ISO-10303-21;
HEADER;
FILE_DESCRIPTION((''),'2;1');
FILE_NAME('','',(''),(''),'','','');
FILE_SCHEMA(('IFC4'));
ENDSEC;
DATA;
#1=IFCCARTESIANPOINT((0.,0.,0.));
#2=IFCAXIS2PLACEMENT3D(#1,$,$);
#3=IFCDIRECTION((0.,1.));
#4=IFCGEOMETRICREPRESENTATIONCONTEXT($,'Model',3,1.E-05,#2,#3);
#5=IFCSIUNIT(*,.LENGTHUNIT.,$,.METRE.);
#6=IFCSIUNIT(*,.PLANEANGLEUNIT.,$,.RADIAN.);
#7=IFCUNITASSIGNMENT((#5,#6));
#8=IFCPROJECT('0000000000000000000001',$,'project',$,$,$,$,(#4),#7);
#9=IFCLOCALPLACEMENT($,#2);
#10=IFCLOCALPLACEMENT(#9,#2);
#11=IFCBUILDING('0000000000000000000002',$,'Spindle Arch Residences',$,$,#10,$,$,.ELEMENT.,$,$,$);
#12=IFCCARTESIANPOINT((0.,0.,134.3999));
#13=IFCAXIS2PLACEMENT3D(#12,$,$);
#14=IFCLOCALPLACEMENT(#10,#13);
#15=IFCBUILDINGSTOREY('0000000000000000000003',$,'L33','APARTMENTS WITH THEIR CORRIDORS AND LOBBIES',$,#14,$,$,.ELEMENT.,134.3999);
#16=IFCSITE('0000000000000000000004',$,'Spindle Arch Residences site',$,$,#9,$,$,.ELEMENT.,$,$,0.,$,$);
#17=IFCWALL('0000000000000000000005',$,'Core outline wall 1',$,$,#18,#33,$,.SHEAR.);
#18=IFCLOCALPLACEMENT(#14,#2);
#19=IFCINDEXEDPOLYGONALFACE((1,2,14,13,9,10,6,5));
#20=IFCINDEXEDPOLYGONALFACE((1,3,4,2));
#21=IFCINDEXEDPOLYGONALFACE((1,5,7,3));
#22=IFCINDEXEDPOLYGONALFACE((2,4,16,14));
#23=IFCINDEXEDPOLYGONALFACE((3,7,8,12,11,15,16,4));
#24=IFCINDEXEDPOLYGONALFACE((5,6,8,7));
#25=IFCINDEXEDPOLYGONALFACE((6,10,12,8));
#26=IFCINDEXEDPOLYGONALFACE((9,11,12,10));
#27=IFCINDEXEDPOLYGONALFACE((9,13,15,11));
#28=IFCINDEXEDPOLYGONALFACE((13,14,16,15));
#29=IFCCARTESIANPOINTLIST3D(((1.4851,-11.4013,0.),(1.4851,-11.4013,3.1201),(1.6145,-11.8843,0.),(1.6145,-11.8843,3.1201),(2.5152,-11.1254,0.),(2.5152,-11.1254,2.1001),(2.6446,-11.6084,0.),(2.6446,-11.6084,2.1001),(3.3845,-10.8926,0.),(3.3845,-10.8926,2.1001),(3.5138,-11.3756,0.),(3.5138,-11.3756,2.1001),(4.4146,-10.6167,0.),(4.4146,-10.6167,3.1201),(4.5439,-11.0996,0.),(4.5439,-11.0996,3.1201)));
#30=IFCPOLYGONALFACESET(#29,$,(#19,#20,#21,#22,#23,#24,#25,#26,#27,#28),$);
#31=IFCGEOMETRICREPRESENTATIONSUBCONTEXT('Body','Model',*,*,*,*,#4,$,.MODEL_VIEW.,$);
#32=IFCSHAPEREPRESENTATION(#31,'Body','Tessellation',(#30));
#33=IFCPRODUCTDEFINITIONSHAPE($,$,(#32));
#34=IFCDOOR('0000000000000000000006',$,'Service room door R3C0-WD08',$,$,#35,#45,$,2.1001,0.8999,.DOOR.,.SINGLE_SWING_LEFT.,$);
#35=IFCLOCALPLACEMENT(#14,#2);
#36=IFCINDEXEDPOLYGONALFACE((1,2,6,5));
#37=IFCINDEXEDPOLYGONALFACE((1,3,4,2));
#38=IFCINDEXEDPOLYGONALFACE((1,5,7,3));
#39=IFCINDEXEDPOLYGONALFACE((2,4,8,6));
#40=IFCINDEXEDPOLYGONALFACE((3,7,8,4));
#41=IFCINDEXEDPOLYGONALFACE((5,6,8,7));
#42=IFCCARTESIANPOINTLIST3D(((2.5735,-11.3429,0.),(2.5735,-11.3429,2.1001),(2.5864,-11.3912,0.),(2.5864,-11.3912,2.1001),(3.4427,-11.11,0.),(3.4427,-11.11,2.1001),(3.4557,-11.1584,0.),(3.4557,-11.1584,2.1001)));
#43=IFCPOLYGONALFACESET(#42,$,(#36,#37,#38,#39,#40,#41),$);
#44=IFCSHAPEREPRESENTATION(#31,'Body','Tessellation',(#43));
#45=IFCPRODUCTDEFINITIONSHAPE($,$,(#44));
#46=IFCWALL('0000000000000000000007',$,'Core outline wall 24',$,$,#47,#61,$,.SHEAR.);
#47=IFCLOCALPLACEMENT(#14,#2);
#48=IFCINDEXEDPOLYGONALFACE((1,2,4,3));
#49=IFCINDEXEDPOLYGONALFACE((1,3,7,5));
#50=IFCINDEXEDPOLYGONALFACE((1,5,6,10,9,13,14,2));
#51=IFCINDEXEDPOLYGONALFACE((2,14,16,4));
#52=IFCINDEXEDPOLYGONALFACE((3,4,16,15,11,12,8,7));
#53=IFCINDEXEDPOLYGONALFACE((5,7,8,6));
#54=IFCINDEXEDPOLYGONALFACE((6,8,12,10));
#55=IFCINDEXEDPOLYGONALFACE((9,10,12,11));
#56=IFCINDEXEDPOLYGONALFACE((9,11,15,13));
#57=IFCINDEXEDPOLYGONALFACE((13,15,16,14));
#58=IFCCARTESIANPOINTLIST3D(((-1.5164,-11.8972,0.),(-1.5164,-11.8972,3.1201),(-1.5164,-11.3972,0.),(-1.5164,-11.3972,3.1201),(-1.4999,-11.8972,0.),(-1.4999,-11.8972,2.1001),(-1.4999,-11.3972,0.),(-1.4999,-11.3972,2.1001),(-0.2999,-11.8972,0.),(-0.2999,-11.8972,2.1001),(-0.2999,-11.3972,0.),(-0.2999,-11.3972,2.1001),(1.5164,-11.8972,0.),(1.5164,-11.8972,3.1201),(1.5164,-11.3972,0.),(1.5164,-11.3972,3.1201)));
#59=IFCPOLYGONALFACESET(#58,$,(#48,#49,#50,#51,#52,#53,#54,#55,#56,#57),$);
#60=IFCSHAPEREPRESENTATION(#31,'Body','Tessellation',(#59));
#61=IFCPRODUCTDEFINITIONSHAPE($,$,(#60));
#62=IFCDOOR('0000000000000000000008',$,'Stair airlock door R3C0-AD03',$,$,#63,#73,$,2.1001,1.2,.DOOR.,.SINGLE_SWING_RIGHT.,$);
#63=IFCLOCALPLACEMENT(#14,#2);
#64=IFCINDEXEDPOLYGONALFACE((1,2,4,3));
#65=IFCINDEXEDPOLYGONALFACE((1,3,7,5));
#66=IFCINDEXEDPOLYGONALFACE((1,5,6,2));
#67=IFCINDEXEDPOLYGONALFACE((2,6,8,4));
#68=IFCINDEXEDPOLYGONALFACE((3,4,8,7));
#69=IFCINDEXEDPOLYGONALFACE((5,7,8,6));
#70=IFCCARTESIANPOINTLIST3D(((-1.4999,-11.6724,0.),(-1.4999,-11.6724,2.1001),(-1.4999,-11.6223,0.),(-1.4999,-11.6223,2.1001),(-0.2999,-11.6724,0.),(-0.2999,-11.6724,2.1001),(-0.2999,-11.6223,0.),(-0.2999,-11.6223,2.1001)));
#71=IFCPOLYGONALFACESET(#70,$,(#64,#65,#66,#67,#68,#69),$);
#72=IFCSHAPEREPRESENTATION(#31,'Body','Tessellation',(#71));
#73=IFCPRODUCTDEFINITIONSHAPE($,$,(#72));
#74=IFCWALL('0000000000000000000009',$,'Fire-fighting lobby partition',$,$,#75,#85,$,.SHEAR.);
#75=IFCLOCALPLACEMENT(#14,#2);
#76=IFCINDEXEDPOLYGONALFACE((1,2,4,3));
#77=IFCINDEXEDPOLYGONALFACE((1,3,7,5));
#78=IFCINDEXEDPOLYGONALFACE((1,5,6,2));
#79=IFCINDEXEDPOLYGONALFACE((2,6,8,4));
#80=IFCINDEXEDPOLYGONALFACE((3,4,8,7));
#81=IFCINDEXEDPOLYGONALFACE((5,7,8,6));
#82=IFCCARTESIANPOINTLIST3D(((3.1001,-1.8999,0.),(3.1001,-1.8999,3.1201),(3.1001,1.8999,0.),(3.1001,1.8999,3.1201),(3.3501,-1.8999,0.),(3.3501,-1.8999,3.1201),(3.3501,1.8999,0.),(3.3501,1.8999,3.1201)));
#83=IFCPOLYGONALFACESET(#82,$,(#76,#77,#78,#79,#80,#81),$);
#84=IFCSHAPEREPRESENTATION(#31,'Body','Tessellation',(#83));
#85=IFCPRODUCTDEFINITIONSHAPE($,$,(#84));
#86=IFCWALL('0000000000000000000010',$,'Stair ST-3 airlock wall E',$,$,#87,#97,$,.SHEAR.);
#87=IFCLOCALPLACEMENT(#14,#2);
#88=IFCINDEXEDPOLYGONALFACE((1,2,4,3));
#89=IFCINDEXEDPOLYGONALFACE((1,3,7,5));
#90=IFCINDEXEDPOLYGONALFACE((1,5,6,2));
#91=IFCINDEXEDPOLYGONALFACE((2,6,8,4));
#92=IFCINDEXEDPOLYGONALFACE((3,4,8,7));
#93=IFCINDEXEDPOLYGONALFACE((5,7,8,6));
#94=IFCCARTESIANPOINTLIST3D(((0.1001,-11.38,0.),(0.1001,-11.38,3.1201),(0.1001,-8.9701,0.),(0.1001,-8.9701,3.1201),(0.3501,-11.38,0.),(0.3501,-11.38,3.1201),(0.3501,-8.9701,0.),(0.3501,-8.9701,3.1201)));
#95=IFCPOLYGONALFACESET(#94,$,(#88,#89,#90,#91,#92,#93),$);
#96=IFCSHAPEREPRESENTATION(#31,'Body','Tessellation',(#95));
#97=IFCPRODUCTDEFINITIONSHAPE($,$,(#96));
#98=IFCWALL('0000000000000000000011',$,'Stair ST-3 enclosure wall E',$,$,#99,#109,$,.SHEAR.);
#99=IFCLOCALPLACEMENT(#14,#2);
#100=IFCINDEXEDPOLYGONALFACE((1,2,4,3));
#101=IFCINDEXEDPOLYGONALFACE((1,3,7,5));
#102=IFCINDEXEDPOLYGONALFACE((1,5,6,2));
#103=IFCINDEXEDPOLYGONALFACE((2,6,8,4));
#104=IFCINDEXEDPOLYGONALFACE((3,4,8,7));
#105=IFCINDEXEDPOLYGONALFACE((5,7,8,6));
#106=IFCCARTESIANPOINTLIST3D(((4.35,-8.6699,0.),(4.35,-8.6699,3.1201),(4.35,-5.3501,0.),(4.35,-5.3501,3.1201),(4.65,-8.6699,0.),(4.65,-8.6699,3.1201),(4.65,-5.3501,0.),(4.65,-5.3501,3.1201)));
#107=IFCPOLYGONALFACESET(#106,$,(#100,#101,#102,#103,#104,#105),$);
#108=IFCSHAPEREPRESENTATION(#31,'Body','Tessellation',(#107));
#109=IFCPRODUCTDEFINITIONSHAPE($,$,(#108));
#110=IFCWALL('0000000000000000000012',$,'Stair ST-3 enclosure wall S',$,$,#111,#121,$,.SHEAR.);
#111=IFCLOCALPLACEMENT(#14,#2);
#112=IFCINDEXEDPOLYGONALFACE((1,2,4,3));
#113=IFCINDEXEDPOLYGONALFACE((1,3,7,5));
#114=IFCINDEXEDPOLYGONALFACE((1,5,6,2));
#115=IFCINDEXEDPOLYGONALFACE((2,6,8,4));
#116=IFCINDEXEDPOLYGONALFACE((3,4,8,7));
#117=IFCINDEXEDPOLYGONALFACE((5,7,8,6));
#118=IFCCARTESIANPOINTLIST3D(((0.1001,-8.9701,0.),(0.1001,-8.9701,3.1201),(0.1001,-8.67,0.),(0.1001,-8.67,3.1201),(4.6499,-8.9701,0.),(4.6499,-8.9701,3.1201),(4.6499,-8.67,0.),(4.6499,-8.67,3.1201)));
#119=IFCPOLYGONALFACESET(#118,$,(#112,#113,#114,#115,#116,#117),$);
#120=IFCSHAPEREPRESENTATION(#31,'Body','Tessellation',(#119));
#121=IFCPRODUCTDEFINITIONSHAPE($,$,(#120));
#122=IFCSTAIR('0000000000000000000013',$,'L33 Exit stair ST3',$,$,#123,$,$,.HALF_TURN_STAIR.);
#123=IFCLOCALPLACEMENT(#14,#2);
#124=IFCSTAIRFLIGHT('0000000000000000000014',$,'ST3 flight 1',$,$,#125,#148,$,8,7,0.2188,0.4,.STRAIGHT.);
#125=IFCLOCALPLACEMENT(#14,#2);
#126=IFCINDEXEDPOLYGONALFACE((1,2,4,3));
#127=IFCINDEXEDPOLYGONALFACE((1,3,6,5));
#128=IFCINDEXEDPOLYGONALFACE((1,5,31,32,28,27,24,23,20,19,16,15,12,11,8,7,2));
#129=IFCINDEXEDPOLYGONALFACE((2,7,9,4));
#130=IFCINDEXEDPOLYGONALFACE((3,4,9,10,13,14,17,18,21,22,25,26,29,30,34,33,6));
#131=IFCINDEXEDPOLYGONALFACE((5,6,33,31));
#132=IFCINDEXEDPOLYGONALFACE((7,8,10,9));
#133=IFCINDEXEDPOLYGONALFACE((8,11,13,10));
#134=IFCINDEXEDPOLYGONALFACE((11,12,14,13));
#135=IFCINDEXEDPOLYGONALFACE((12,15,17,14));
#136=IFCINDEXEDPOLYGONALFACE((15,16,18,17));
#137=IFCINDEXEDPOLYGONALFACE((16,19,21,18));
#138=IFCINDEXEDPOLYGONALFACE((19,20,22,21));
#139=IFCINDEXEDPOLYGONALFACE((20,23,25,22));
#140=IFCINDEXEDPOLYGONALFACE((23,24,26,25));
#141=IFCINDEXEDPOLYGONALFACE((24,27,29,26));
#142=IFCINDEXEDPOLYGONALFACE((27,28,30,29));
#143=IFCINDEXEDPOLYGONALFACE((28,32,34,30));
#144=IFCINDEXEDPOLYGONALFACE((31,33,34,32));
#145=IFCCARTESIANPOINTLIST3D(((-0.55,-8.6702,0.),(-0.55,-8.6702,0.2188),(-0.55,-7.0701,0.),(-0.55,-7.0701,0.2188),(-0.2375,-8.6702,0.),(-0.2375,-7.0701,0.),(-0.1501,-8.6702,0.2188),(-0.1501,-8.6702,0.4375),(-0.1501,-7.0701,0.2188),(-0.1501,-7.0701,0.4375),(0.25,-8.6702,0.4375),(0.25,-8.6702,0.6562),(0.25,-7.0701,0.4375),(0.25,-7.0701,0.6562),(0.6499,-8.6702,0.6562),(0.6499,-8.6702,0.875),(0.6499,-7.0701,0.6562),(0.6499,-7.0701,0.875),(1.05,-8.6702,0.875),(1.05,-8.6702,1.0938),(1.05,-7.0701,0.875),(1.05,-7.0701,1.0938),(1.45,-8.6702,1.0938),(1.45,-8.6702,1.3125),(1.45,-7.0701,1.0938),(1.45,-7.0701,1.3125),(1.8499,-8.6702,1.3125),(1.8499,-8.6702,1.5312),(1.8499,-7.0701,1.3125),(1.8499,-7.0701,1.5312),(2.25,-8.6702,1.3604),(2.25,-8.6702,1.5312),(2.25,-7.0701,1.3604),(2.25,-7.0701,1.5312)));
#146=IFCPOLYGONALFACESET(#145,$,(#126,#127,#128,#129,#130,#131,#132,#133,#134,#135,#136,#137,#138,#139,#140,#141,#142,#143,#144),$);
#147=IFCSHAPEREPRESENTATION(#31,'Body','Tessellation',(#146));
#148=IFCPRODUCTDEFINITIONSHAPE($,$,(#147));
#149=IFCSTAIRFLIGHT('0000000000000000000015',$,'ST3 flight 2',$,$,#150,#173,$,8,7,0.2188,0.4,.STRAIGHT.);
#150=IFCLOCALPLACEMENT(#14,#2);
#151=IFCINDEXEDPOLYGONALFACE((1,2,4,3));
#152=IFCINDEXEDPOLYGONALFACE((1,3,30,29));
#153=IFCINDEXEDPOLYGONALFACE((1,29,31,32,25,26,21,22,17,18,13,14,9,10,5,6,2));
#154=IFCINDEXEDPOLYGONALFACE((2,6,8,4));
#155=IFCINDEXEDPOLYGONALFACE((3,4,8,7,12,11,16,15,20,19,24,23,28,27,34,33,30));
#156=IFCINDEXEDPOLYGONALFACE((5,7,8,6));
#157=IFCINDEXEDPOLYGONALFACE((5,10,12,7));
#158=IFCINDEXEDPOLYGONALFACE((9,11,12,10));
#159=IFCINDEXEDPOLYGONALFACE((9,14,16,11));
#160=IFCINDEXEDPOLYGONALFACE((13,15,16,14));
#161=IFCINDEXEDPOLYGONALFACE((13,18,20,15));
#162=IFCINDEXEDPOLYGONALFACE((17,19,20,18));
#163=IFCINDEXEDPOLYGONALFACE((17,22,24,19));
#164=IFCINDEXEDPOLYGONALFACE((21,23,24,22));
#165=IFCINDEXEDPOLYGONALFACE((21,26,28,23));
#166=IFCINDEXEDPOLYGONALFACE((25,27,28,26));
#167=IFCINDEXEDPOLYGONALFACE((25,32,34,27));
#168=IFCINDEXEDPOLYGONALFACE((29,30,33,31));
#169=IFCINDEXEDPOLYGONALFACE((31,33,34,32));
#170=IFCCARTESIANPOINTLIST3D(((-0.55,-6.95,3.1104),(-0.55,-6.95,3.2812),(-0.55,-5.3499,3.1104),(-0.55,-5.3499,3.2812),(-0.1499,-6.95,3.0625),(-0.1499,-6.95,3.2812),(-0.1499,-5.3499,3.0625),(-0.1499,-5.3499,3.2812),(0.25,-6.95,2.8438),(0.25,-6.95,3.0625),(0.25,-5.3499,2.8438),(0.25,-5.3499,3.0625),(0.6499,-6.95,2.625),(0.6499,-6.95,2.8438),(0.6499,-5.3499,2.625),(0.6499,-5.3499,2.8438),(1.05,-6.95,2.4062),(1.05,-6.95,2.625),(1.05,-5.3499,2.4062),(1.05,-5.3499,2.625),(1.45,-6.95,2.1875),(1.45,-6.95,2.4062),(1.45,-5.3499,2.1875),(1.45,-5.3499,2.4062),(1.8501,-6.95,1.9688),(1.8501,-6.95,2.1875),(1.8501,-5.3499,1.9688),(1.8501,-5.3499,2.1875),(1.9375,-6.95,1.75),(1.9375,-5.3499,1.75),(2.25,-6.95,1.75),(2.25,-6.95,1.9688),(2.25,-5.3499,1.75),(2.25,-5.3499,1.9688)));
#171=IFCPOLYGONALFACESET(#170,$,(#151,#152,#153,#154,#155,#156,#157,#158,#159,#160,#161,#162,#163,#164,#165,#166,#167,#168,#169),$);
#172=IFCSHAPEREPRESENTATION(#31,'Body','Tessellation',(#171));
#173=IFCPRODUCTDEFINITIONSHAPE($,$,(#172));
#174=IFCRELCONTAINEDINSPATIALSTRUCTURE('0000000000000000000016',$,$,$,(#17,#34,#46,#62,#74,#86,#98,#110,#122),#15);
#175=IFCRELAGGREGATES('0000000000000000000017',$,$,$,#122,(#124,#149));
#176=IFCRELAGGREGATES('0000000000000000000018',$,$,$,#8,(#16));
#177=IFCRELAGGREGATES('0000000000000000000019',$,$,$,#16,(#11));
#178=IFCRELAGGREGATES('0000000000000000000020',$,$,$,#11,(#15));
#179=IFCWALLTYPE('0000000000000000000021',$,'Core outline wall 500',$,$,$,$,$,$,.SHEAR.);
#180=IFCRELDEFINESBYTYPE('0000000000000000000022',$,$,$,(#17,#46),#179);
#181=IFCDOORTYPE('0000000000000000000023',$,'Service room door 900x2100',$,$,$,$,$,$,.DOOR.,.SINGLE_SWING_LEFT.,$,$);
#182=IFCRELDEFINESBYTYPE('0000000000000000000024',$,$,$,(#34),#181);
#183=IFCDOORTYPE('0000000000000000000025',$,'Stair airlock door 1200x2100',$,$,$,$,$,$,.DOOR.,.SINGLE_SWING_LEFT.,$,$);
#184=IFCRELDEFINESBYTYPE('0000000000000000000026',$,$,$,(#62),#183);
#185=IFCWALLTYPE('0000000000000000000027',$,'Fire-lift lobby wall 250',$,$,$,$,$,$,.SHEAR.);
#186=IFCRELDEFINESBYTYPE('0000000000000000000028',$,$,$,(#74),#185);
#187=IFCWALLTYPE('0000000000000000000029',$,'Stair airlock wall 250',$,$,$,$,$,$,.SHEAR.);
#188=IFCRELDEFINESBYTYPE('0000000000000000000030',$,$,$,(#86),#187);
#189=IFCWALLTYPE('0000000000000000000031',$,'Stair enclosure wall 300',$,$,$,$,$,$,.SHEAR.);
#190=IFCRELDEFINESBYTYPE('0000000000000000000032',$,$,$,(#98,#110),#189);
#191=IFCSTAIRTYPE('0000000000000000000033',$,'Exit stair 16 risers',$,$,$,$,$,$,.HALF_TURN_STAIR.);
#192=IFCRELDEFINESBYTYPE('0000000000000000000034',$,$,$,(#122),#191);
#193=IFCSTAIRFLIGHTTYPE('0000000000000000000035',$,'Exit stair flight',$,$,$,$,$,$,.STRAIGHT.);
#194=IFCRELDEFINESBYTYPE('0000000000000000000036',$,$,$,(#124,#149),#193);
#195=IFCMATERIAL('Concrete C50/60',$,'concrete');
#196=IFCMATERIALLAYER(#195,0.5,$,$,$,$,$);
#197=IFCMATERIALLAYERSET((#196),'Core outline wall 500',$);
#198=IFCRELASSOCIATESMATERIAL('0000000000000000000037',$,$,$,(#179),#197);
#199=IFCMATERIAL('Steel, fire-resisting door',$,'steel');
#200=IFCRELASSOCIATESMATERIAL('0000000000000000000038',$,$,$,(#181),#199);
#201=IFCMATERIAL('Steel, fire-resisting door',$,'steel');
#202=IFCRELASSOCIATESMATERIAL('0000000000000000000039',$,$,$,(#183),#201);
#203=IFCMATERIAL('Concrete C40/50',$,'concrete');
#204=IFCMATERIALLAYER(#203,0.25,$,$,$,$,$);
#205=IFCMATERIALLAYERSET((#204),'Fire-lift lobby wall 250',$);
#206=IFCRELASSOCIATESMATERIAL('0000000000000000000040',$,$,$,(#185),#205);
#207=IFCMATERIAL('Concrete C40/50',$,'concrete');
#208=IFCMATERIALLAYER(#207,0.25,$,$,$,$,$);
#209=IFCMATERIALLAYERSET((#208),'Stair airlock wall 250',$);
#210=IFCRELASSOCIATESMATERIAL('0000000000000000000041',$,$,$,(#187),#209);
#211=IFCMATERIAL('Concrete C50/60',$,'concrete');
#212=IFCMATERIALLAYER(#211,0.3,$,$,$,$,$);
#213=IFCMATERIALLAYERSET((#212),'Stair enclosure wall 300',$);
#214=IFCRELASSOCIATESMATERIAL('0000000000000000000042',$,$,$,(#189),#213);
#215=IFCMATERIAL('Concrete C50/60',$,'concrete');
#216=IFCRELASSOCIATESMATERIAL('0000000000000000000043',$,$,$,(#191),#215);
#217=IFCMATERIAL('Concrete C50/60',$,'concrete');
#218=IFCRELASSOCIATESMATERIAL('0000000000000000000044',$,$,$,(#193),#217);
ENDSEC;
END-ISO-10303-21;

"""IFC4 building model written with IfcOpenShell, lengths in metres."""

from ifc_helpers import new_model, si_unit, direction, frame, frame_2d, origin, place, context, subcontext, project, spatial, polyline, rectangle, outline, extrude, material, layer, layer_set, type_object, element, fill, aggregate, save


model = new_model("IFC4")

# Units and contexts
model_context = context("Model", 3, precision=1e-05, world=origin(), true_north=direction((0.0, 1.0)))
body_context = subcontext(model_context, "Body", "Model", "MODEL_VIEW")
ifc_project = project(units=[si_unit("LENGTHUNIT", "METRE"), si_unit("PLANEANGLEUNIT", "RADIAN")], contexts=[model_context])

# Site, building, storey
site_placement = place(None, origin())
site = spatial("IfcSite", under=ifc_project, at=site_placement, Name="Spindle Arch Residences site", CompositionType="ELEMENT", RefElevation=0.0)
building_placement = place(site_placement, origin())
building = spatial("IfcBuilding", under=site, at=building_placement, Name="Spindle Arch Residences", CompositionType="ELEMENT")
storey_placement = place(building_placement, frame((0.0, 0.0, 134.3999)))
storey = spatial("IfcBuildingStorey", under=building, at=storey_placement, Name="L33", Description="APARTMENTS WITH THEIR CORRIDORS AND LOBBIES", CompositionType="ELEMENT", Elevation=134.3999)

# Walls, openings, doors
ifc_material_1 = material(Name="Concrete C50/60", Category="concrete")
ifc_layer_1 = layer(ifc_material_1, 0.5)
ifc_layer_set_1 = layer_set([ifc_layer_1], Name="Core outline wall 500")
wall_type_1 = type_object("IfcWallType", Name="Core outline wall 500", PredefinedType="SHEAR", material=ifc_layer_set_1)
wall_1_placement = place(storey_placement, frame((1.5498, -11.6428, 0.0), z_axis=(0.0, 0.0, 1.0), x_axis=(0.965948, 0.258735, 0.0)))
wall_1 = element("IfcWall", 1, at=wall_1_placement, inside=storey, type_object=wall_type_1, Name="Core outline wall 1", PredefinedType="SHEAR", context=body_context, shape_type="SweptSolid", body=[
    extrude(rectangle(XDim=3.0327, YDim=0.5, at=frame_2d((1.5164, 0.0))), origin(), (0.0, 0.0, 1.0), 3.1201),
])
opening_1_placement = place(wall_1_placement, frame((1.0664, 0.0, 0.0)))
opening_1 = element("IfcOpeningElement", 2, at=opening_1_placement, cuts=wall_1, PredefinedType="OPENING", context=body_context, shape_type="SweptSolid", body=[
    extrude(rectangle(XDim=0.8999, YDim=2.1001, at=frame_2d((0.45, 1.05))), frame((0.0, 0.26, 0.0), z_axis=(0.0, -1.0, 0.0), x_axis=(1.0, 0.0, 0.0)), (0.0, 0.0, 1.0), 0.52),
])
ifc_material_2 = material(Name="Steel, fire-resisting door", Category="steel")
door_type_1 = type_object("IfcDoorType", Name="Service room door 900x2100", OperationType="SINGLE_SWING_LEFT", PredefinedType="DOOR", material=ifc_material_2)
door_1_placement = place(opening_1_placement, origin())
door_1 = element("IfcDoor", 3, at=door_1_placement, inside=storey, type_object=door_type_1, Name="Service room door R3C0-WD08", OperationType="SINGLE_SWING_LEFT", OverallHeight=2.1001, OverallWidth=0.8999, PredefinedType="DOOR", context=body_context, shape_type="SweptSolid", body=[
    extrude(rectangle(XDim=0.8999, YDim=2.1001, at=frame_2d((0.45, 1.05))), frame((0.0, 0.0249, 0.0), z_axis=(0.0, -1.0, 0.0), x_axis=(1.0, 0.0, 0.0)), (0.0, 0.0, 1.0), 0.05),
])
fill(opening_1, door_1)
wall_2_placement = place(storey_placement, frame((-1.5164, -11.6472, 0.0), z_axis=(0.0, 0.0, 1.0), x_axis=(1.0, 0.0, 0.0)))
wall_2 = element("IfcWall", 4, at=wall_2_placement, inside=storey, type_object=wall_type_1, Name="Core outline wall 24", PredefinedType="SHEAR", context=body_context, shape_type="SweptSolid", body=[
    extrude(rectangle(XDim=3.0327, YDim=0.5, at=frame_2d((1.5164, 0.0))), origin(), (0.0, 0.0, 1.0), 3.1201),
])
opening_2_placement = place(wall_2_placement, frame((0.0164, 0.0, 0.0)))
opening_2 = element("IfcOpeningElement", 5, at=opening_2_placement, cuts=wall_2, PredefinedType="OPENING", context=body_context, shape_type="SweptSolid", body=[
    extrude(rectangle(XDim=1.2, YDim=2.1001, at=frame_2d((0.6001, 1.05))), frame((0.0, 0.26, 0.0), z_axis=(0.0, -1.0, 0.0), x_axis=(1.0, 0.0, 0.0)), (0.0, 0.0, 1.0), 0.52),
])
ifc_material_3 = material(Name="Steel, fire-resisting door", Category="steel")
door_type_2 = type_object("IfcDoorType", Name="Stair airlock door 1200x2100", OperationType="SINGLE_SWING_LEFT", PredefinedType="DOOR", material=ifc_material_3)
door_2_placement = place(opening_2_placement, origin())
door_2 = element("IfcDoor", 6, at=door_2_placement, inside=storey, type_object=door_type_2, Name="Stair airlock door R3C0-AD03", OperationType="SINGLE_SWING_RIGHT", OverallHeight=2.1001, OverallWidth=1.2, PredefinedType="DOOR", context=body_context, shape_type="SweptSolid", body=[
    extrude(rectangle(XDim=1.2, YDim=2.1001, at=frame_2d((0.6001, 1.05))), frame((0.0, 0.0249, 0.0), z_axis=(0.0, -1.0, 0.0), x_axis=(1.0, 0.0, 0.0)), (0.0, 0.0, 1.0), 0.05),
])
fill(opening_2, door_2)

# Wall
ifc_material_4 = material(Name="Concrete C40/50", Category="concrete")
ifc_layer_2 = layer(ifc_material_4, 0.25)
ifc_layer_set_2 = layer_set([ifc_layer_2], Name="Fire-lift lobby wall 250")
wall_type_2 = type_object("IfcWallType", Name="Fire-lift lobby wall 250", PredefinedType="SHEAR", material=ifc_layer_set_2)
wall_3_placement = place(storey_placement, frame((3.2251, -1.8999, 0.0), z_axis=(0.0, 0.0, 1.0), x_axis=(0.0, 1.0, 0.0)))
element("IfcWall", 7, at=wall_3_placement, inside=storey, type_object=wall_type_2, Name="Fire-fighting lobby partition", PredefinedType="SHEAR", context=body_context, shape_type="SweptSolid", body=[
    extrude(rectangle(XDim=3.7998, YDim=0.25, at=frame_2d((1.8999, 0.0))), origin(), (0.0, 0.0, 1.0), 3.1201),
])

# Walls
ifc_material_5 = material(Name="Concrete C40/50", Category="concrete")
ifc_layer_3 = layer(ifc_material_5, 0.25)
ifc_layer_set_3 = layer_set([ifc_layer_3], Name="Stair airlock wall 250")
wall_type_3 = type_object("IfcWallType", Name="Stair airlock wall 250", PredefinedType="SHEAR", material=ifc_layer_set_3)
wall_4_placement = place(storey_placement, frame((0.2251, -8.97, 0.0), z_axis=(0.0, 0.0, 1.0), x_axis=(0.0, -1.0, 0.0)))
element("IfcWall", 8, at=wall_4_placement, inside=storey, type_object=wall_type_3, Name="Stair ST-3 airlock wall E", PredefinedType="SHEAR", context=body_context, shape_type="SweptSolid", body=[
    extrude(rectangle(XDim=2.4099, YDim=0.25, at=frame_2d((1.2051, 0.0))), origin(), (0.0, 0.0, 1.0), 3.1201),
])
ifc_material_6 = material(Name="Concrete C50/60", Category="concrete")
ifc_layer_4 = layer(ifc_material_6, 0.3)
ifc_layer_set_4 = layer_set([ifc_layer_4], Name="Stair enclosure wall 300")
wall_type_4 = type_object("IfcWallType", Name="Stair enclosure wall 300", PredefinedType="SHEAR", material=ifc_layer_set_4)
wall_5_placement = place(storey_placement, frame((4.5, -8.6699, 0.0), z_axis=(0.0, 0.0, 1.0), x_axis=(0.0, 1.0, 0.0)))
element("IfcWall", 9, at=wall_5_placement, inside=storey, type_object=wall_type_4, Name="Stair ST-3 enclosure wall E", PredefinedType="SHEAR", context=body_context, shape_type="SweptSolid", body=[
    extrude(rectangle(XDim=3.3198, YDim=0.3, at=frame_2d((1.6599, 0.0))), origin(), (0.0, 0.0, 1.0), 3.1201),
])
wall_6_placement = place(storey_placement, frame((0.1001, -8.8201, 0.0), z_axis=(0.0, 0.0, 1.0), x_axis=(1.0, 0.0, 0.0)))
element("IfcWall", 10, at=wall_6_placement, inside=storey, type_object=wall_type_4, Name="Stair ST-3 enclosure wall S", PredefinedType="SHEAR", context=body_context, shape_type="SweptSolid", body=[
    extrude(rectangle(XDim=4.5498, YDim=0.3, at=frame_2d((2.2749, 0.0))), origin(), (0.0, 0.0, 1.0), 3.1201),
])

# Stair, stair flights
ifc_material_7 = material(Name="Concrete C50/60", Category="concrete")
stair_type = type_object("IfcStairType", Name="Exit stair 16 risers", PredefinedType="HALF_TURN_STAIR", material=ifc_material_7)
stair_placement = place(storey_placement, origin())
stair = element("IfcStair", 11, at=stair_placement, inside=storey, type_object=stair_type, Name="L33 Exit stair ST3", PredefinedType="HALF_TURN_STAIR")
ifc_material_8 = material(Name="Concrete C50/60", Category="concrete")
stair_flight_type = type_object("IfcStairFlightType", Name="Exit stair flight", PredefinedType="STRAIGHT", material=ifc_material_8)
stair_flight_1_placement = place(storey_placement, frame((-0.55, -7.8701, 0.0), z_axis=(0.0, 0.0, 1.0), x_axis=(1.0, 0.0, 0.0)))
stair_flight_1 = element("IfcStairFlight", 12, at=stair_flight_1_placement, type_object=stair_flight_type, Name="ST3 flight 1", NumberOfRisers=8, NumberOfTreads=7, PredefinedType="STRAIGHT", RiserHeight=0.2188, TreadLength=0.4, context=body_context, shape_type="SweptSolid", body=[
    extrude(outline(polyline([(0.0, 0.0), (0.0, 0.2188), (0.3999, 0.2188), (0.3999, 0.4375), (0.8, 0.4375), (0.8, 0.6562), (1.2, 0.6562), (1.2, 0.875), (1.6001, 0.875), (1.6001, 1.0938), (2.0, 1.0938), (2.0, 1.3125), (2.3999, 1.3125), (2.3999, 1.5312), (2.8, 1.5312), (2.8, 1.75), (2.8, 1.3604), (0.3125, 0.0), (0.0, 0.0)])), frame((0.0, 0.8, 0.0), z_axis=(0.0, -1.0, 0.0), x_axis=(1.0, 0.0, 0.0)), (0.0, 0.0, 1.0), 1.6001),
])
stair_flight_2_placement = place(storey_placement, frame((2.25, -6.1499, 1.75), z_axis=(0.0, 0.0, 1.0), x_axis=(-1.0, 0.0, 0.0)))
stair_flight_2 = element("IfcStairFlight", 13, at=stair_flight_2_placement, type_object=stair_flight_type, Name="ST3 flight 2", NumberOfRisers=8, NumberOfTreads=7, PredefinedType="STRAIGHT", RiserHeight=0.2188, TreadLength=0.4, context=body_context, shape_type="SweptSolid", body=[
    extrude(outline(polyline([(0.0, 0.0), (0.0, 0.2188), (0.3999, 0.2188), (0.3999, 0.4375), (0.8, 0.4375), (0.8, 0.6562), (1.2, 0.6562), (1.2, 0.875), (1.6001, 0.875), (1.6001, 1.0938), (2.0, 1.0938), (2.0, 1.3125), (2.3999, 1.3125), (2.3999, 1.5312), (2.8, 1.5312), (2.8, 1.75), (2.8, 1.3604), (0.3125, 0.0), (0.0, 0.0)])), frame((0.0, 0.8, 0.0), z_axis=(0.0, -1.0, 0.0), x_axis=(1.0, 0.0, 0.0)), (0.0, 0.0, 1.0), 1.6001),
])
aggregate(stair, [stair_flight_1, stair_flight_2])

save(model, "model.ifc")
